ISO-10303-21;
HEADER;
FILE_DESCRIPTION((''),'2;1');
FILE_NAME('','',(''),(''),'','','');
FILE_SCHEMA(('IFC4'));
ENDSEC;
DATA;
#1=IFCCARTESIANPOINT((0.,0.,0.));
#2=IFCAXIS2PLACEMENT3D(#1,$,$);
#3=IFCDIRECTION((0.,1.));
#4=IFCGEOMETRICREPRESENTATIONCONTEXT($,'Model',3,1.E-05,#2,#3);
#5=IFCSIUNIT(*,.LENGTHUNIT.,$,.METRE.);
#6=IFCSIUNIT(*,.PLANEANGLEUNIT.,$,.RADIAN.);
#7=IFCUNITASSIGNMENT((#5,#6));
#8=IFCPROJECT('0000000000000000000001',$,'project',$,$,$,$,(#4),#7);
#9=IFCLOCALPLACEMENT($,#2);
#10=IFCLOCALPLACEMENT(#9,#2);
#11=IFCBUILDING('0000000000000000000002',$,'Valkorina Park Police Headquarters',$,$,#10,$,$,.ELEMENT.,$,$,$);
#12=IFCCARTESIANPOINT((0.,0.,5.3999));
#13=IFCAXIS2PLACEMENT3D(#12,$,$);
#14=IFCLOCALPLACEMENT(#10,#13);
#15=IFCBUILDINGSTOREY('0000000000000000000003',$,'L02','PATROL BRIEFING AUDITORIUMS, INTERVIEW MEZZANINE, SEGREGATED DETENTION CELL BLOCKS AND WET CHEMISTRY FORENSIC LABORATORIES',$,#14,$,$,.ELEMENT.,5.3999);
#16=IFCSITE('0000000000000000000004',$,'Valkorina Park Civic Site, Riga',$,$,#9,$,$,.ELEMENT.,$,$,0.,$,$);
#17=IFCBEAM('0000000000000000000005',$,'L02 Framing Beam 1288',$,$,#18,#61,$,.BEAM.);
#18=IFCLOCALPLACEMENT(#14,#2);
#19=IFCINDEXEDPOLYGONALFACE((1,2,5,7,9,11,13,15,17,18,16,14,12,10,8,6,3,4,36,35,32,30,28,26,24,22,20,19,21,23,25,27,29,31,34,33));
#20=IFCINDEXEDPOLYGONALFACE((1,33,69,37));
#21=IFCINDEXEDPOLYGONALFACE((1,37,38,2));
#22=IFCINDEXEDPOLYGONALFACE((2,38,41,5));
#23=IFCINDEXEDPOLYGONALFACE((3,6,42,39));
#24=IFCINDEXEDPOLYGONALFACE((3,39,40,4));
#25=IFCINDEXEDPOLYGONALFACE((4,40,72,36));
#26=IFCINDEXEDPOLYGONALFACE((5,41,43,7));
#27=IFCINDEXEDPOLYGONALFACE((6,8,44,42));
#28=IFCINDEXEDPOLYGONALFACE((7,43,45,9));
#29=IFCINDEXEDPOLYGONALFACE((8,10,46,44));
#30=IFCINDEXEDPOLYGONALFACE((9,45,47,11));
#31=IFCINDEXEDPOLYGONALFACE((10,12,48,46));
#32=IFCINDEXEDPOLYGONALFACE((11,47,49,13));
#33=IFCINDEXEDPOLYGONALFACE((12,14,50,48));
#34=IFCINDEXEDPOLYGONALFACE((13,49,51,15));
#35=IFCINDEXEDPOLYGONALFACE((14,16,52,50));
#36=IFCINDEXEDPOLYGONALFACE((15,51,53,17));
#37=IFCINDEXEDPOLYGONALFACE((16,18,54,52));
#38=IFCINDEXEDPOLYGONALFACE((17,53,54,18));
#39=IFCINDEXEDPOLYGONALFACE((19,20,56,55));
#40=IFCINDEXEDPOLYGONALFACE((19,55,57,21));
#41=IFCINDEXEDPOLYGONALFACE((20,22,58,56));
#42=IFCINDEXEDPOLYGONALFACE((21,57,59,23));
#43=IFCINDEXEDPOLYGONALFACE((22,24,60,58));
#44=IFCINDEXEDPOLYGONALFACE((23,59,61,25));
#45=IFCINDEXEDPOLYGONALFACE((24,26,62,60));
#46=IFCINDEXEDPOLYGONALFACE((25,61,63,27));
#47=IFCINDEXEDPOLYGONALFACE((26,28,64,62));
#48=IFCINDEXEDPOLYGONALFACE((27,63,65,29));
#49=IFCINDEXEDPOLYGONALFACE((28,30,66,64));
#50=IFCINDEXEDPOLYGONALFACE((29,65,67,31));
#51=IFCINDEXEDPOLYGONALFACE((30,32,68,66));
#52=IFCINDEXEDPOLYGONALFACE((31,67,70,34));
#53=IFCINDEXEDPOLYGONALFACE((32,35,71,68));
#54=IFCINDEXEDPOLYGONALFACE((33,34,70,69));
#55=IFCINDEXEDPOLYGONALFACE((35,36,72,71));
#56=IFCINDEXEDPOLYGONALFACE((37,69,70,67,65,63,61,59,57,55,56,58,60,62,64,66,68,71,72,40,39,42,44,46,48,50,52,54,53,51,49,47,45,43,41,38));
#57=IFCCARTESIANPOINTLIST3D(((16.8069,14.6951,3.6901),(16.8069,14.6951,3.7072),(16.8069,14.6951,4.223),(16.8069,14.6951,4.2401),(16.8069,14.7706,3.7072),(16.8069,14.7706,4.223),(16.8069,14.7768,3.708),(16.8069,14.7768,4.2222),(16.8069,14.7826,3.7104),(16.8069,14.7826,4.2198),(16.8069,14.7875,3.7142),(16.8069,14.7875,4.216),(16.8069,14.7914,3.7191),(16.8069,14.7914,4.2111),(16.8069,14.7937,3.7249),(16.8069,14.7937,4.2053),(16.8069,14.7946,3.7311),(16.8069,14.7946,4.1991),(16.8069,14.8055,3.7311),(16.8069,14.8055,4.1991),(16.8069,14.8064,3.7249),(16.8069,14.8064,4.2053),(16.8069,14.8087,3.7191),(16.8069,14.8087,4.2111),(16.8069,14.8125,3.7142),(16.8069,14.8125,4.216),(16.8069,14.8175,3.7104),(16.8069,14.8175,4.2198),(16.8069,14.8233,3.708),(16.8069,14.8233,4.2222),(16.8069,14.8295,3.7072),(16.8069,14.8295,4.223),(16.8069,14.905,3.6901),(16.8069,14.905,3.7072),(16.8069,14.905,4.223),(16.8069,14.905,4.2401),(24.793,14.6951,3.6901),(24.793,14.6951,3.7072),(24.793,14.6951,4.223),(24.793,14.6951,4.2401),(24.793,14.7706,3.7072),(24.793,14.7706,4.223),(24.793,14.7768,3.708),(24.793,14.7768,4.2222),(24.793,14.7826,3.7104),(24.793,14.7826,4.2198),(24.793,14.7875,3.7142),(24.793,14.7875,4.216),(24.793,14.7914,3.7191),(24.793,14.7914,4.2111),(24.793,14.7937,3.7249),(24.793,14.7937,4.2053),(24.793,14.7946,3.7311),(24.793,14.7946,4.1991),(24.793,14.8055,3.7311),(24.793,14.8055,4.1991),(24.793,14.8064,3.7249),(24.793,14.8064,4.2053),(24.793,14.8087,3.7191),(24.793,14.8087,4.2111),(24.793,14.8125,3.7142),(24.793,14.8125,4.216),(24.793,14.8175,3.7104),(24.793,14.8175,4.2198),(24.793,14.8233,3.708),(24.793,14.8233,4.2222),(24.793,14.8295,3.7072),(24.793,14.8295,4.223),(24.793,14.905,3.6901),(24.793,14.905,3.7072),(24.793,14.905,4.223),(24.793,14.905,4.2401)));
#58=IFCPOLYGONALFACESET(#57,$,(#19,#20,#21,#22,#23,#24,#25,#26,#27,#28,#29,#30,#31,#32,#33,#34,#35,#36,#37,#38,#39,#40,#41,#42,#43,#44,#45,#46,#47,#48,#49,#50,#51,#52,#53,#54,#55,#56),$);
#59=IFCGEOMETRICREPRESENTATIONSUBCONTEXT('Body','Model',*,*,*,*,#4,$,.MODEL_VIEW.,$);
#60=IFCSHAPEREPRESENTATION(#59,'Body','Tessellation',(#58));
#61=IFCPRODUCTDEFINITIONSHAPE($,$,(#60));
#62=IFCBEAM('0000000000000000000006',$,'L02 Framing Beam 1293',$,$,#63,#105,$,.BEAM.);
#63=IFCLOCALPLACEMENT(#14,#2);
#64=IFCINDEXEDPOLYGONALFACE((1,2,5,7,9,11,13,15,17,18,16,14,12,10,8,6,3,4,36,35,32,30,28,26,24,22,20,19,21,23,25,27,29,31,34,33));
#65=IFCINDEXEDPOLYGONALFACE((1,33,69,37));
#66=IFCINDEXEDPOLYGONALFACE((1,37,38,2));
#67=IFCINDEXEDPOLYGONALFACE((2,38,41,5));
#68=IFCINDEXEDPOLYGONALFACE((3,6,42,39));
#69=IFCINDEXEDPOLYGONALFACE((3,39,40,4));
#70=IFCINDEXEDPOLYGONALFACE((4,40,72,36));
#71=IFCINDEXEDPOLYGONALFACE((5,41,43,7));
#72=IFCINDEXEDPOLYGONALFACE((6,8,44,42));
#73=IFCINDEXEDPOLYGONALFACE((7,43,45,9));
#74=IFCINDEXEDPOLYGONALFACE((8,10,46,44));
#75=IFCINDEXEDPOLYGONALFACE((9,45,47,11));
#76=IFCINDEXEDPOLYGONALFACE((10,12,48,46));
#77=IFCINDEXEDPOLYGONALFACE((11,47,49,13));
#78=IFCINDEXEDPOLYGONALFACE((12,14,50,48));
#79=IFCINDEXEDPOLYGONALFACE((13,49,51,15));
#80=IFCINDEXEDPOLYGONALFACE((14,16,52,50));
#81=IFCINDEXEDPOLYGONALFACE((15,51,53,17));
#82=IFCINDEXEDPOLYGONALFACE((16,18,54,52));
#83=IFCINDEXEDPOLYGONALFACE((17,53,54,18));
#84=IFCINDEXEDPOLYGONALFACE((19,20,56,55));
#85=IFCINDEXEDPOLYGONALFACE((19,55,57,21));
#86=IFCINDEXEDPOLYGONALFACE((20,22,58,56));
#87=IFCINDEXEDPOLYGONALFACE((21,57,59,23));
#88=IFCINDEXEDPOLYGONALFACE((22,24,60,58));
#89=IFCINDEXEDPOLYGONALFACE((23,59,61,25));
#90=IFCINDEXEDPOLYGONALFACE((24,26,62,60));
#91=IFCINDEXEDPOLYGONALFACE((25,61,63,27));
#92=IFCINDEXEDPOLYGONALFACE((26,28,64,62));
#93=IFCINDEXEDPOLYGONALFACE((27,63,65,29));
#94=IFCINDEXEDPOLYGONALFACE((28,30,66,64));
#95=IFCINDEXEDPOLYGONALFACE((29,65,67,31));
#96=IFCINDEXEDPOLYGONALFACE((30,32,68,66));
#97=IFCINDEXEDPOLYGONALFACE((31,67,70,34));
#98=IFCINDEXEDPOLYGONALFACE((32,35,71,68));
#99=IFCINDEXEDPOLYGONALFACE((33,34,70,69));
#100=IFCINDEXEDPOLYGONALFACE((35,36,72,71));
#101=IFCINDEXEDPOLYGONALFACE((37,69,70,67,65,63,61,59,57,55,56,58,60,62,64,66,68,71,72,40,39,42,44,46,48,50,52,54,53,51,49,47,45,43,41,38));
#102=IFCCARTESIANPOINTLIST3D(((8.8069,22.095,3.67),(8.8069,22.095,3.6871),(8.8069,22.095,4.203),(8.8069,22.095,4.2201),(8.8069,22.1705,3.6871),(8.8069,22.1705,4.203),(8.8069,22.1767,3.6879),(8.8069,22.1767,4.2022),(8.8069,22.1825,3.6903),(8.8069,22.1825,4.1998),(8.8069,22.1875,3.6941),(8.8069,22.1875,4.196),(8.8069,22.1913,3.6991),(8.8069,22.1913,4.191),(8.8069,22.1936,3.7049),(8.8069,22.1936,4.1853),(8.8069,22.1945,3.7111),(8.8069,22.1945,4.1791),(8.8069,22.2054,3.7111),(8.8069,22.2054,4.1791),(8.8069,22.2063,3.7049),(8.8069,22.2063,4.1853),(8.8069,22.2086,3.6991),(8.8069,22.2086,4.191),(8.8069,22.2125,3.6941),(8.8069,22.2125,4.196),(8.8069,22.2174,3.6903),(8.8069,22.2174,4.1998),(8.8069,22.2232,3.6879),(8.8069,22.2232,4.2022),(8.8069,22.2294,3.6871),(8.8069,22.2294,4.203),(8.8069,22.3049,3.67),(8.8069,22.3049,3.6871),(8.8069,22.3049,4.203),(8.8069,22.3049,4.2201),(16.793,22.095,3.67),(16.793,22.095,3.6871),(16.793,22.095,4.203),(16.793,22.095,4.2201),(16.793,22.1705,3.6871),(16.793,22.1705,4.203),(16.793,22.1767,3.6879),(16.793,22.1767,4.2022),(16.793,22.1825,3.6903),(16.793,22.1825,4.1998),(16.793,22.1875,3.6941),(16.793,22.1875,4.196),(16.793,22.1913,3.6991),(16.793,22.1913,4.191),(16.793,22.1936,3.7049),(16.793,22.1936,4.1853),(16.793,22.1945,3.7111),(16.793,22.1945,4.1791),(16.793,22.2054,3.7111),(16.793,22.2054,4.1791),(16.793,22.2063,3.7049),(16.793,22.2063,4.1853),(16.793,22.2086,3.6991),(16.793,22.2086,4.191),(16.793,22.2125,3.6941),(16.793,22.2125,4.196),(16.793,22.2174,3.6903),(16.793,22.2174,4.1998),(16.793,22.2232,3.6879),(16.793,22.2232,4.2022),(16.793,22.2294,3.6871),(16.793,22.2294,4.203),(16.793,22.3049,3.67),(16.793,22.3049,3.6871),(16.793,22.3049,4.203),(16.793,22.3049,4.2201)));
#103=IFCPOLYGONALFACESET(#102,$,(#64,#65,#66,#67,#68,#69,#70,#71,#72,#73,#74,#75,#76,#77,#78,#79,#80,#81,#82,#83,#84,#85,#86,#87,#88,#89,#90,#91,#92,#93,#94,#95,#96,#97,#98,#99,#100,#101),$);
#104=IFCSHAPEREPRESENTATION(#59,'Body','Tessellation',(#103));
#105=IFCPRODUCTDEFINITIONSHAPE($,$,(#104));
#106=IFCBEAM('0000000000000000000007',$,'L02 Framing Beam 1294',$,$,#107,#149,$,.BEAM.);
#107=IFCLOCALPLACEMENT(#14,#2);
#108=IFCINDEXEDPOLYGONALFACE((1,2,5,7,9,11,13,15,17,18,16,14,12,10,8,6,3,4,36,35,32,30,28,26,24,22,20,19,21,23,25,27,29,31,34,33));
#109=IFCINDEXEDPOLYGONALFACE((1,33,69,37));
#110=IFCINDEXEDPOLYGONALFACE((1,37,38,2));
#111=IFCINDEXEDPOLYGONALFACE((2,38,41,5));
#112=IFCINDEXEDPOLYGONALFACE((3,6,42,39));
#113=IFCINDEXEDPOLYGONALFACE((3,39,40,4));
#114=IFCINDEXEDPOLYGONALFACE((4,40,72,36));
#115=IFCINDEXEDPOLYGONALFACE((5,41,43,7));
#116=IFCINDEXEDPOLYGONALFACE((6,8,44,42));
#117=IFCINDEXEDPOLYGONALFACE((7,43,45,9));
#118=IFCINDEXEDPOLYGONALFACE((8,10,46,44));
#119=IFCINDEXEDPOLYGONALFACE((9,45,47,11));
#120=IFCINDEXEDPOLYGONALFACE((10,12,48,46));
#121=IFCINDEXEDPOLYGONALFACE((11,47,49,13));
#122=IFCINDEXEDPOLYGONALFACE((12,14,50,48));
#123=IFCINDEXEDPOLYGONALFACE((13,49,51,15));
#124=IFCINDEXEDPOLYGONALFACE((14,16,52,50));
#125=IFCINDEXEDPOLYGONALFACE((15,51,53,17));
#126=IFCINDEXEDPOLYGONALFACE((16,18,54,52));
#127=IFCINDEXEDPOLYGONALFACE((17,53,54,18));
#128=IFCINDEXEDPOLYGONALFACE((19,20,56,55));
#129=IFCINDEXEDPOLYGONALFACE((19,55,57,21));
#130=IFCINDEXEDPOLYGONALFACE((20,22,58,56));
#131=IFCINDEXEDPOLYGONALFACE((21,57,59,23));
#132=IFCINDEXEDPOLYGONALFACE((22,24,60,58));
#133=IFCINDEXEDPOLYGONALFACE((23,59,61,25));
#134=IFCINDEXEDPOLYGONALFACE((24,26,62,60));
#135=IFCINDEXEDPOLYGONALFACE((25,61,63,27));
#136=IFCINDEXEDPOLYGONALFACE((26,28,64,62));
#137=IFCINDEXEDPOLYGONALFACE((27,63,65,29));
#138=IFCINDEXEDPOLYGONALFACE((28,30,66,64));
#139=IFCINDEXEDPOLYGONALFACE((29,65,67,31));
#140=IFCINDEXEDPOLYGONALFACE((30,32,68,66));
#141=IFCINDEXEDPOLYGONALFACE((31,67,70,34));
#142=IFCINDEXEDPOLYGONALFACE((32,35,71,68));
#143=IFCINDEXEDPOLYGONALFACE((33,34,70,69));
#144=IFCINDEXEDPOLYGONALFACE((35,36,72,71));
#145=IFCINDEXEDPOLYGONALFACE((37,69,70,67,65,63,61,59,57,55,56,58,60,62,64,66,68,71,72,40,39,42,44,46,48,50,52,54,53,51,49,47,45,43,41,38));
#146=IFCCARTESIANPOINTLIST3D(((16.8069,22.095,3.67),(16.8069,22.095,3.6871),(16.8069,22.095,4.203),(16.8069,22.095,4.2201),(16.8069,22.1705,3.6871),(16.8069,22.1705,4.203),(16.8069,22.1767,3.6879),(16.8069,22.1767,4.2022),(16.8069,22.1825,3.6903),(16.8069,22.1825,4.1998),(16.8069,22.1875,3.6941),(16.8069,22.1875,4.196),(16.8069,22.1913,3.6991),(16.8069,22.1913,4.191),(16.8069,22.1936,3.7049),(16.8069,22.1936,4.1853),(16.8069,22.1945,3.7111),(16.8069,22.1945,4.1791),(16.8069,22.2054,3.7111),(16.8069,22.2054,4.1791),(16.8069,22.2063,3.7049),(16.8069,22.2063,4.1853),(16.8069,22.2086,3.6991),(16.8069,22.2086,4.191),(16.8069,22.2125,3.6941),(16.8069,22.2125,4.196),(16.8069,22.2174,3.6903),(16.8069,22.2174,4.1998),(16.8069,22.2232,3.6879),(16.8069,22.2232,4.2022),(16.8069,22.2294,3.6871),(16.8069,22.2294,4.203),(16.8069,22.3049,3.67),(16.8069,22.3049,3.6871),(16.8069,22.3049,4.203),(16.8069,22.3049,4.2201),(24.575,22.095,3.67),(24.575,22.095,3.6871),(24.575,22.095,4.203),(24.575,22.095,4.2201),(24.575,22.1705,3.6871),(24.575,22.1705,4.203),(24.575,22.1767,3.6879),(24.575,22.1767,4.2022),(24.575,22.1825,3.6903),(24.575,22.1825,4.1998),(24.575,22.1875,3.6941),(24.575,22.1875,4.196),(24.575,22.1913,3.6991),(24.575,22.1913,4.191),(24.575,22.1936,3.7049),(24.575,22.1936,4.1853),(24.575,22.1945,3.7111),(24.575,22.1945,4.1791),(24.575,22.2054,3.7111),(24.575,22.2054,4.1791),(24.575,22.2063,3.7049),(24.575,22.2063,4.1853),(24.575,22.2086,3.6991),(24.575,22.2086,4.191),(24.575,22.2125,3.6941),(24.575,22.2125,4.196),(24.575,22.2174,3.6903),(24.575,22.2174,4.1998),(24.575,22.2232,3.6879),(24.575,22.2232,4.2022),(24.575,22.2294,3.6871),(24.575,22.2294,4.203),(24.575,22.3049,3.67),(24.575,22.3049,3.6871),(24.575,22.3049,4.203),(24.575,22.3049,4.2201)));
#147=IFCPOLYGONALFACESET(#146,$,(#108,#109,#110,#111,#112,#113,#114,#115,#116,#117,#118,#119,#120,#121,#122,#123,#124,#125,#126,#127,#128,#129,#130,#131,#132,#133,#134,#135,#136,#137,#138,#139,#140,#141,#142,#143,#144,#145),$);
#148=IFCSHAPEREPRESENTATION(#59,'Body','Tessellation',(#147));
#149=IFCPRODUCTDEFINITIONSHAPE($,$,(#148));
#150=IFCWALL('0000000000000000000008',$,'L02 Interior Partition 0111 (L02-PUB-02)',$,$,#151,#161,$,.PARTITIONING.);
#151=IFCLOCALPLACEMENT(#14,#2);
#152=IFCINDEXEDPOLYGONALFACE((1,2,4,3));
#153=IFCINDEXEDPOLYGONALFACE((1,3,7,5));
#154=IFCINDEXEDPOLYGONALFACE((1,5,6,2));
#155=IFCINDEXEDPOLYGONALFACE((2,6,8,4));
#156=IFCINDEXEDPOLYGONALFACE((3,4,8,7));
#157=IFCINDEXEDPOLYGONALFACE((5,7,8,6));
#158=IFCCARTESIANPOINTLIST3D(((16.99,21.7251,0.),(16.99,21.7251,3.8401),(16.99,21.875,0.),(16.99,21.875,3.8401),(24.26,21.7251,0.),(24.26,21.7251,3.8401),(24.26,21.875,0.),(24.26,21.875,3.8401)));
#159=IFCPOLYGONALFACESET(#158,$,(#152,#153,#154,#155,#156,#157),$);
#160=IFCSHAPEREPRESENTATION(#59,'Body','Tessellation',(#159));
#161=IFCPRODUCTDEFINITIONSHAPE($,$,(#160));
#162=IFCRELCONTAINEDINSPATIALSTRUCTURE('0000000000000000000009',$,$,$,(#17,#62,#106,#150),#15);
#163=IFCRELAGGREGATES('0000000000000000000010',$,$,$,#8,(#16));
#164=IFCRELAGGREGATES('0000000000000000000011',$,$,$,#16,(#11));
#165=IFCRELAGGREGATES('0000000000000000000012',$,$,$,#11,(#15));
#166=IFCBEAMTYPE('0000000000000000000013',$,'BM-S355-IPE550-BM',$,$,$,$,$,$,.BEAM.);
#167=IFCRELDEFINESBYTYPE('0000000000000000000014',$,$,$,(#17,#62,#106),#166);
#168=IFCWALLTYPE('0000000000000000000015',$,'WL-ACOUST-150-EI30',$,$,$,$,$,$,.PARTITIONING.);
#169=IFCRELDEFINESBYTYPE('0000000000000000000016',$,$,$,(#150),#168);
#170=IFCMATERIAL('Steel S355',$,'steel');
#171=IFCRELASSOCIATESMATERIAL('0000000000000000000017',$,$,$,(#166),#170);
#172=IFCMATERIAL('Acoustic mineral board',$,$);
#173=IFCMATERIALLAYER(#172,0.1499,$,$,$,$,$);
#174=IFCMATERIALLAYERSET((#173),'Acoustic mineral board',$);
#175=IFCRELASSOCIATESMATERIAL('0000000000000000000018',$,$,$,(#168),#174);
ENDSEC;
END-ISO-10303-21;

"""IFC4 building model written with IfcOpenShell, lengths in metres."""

from ifc_helpers import new_model, si_unit, direction, frame, frame_2d, origin, origin_2d, place, context, subcontext, project, spatial, rectangle, i_section, extrude, material, layer, layer_set, material_profile, profile_set, type_object, element, save


model = new_model("IFC4")

# Units and contexts
model_context = context("Model", 3, precision=1e-05, world=origin(), true_north=direction((0.0, 1.0)))
body_context = subcontext(model_context, "Body", "Model", "MODEL_VIEW")
ifc_project = project(units=[si_unit("LENGTHUNIT", "METRE"), si_unit("PLANEANGLEUNIT", "RADIAN")], contexts=[model_context])

# Site, building, storey
site_placement = place(None, origin())
site = spatial("IfcSite", under=ifc_project, at=site_placement, Name="Valkorina Park Civic Site, Riga", CompositionType="ELEMENT", RefElevation=0.0)
building_placement = place(site_placement, origin())
building = spatial("IfcBuilding", under=site, at=building_placement, Name="Valkorina Park Police Headquarters", CompositionType="ELEMENT")
storey_placement = place(building_placement, frame((0.0, 0.0, 5.3999)))
storey = spatial("IfcBuildingStorey", under=building, at=storey_placement, Name="L02", Description="PATROL BRIEFING AUDITORIUMS, INTERVIEW MEZZANINE, SEGREGATED DETENTION CELL BLOCKS AND WET CHEMISTRY FORENSIC LABORATORIES", CompositionType="ELEMENT", Elevation=5.3999)

# Shared definitions
ifc_material_1 = material(Name="Steel S355", Category="steel")

# Beams
ifc_material_profile_1 = material_profile(ifc_material_1, i_section(OverallWidth=0.21, OverallDepth=0.55, WebThickness=0.011, FlangeThickness=0.0171, FilletRadius=0.0239, at=origin_2d()), Name="IPE 550")
ifc_profile_set_1 = profile_set([ifc_material_profile_1], Name="Steel S355")
beam_type_1 = type_object("IfcBeamType", Name="BM-S355-IPE550-BM", PredefinedType="BEAM", material=ifc_profile_set_1)
for number, where, z_axis, x_axis, name in (
    (1, (16.8069, 14.8, 3.9651), (1.0, 0.0, 0.0), (0.0, 1.0, 0.0), "L02 Framing Beam 1288"),
    (2, (8.8069, 22.2, 3.9451), (1.0, 0.0, 0.0), (0.0, 1.0, 0.0), "L02 Framing Beam 1293"),
):
    element("IfcBeam", number, at=place(storey_placement, frame(where, z_axis=z_axis, x_axis=x_axis)), inside=storey, type_object=beam_type_1, Name=name, PredefinedType="BEAM", context=body_context, shape_type="SweptSolid", body=[
        extrude(i_section(OverallWidth=0.21, OverallDepth=0.55, WebThickness=0.011, FlangeThickness=0.0171, FilletRadius=0.0239, at=origin_2d()), origin(), (0.0, 0.0, 1.0), 7.9861),
    ])
beam_1_placement = place(storey_placement, frame((16.8069, 22.2, 3.9451), z_axis=(1.0, 0.0, 0.0), x_axis=(0.0, 1.0, 0.0)))
element("IfcBeam", 3, at=beam_1_placement, inside=storey, type_object=beam_type_1, Name="L02 Framing Beam 1294", PredefinedType="BEAM", context=body_context, shape_type="SweptSolid", body=[
    extrude(i_section(OverallWidth=0.21, OverallDepth=0.55, WebThickness=0.011, FlangeThickness=0.0171, FilletRadius=0.0239, at=origin_2d()), origin(), (0.0, 0.0, 1.0), 7.7681),
])

# Wall
ifc_material_2 = material(Name="Acoustic mineral board")
ifc_layer_1 = layer(ifc_material_2, 0.1499)
ifc_layer_set_1 = layer_set([ifc_layer_1], Name="Acoustic mineral board")
wall_type_1 = type_object("IfcWallType", Name="WL-ACOUST-150-EI30", PredefinedType="PARTITIONING", material=ifc_layer_set_1)
wall_1_placement = place(storey_placement, frame((16.99, 21.8, 0.0), z_axis=(0.0, 0.0, 1.0), x_axis=(1.0, 0.0, 0.0)))
element("IfcWall", 4, at=wall_1_placement, inside=storey, type_object=wall_type_1, Name="L02 Interior Partition 0111 (L02-PUB-02)", PredefinedType="PARTITIONING", context=body_context, shape_type="SweptSolid", body=[
    extrude(rectangle(XDim=7.27, YDim=0.1499, at=frame_2d((3.635, 0.0))), origin(), (0.0, 0.0, 1.0), 3.8401),
])

save(model, "model.ifc")
